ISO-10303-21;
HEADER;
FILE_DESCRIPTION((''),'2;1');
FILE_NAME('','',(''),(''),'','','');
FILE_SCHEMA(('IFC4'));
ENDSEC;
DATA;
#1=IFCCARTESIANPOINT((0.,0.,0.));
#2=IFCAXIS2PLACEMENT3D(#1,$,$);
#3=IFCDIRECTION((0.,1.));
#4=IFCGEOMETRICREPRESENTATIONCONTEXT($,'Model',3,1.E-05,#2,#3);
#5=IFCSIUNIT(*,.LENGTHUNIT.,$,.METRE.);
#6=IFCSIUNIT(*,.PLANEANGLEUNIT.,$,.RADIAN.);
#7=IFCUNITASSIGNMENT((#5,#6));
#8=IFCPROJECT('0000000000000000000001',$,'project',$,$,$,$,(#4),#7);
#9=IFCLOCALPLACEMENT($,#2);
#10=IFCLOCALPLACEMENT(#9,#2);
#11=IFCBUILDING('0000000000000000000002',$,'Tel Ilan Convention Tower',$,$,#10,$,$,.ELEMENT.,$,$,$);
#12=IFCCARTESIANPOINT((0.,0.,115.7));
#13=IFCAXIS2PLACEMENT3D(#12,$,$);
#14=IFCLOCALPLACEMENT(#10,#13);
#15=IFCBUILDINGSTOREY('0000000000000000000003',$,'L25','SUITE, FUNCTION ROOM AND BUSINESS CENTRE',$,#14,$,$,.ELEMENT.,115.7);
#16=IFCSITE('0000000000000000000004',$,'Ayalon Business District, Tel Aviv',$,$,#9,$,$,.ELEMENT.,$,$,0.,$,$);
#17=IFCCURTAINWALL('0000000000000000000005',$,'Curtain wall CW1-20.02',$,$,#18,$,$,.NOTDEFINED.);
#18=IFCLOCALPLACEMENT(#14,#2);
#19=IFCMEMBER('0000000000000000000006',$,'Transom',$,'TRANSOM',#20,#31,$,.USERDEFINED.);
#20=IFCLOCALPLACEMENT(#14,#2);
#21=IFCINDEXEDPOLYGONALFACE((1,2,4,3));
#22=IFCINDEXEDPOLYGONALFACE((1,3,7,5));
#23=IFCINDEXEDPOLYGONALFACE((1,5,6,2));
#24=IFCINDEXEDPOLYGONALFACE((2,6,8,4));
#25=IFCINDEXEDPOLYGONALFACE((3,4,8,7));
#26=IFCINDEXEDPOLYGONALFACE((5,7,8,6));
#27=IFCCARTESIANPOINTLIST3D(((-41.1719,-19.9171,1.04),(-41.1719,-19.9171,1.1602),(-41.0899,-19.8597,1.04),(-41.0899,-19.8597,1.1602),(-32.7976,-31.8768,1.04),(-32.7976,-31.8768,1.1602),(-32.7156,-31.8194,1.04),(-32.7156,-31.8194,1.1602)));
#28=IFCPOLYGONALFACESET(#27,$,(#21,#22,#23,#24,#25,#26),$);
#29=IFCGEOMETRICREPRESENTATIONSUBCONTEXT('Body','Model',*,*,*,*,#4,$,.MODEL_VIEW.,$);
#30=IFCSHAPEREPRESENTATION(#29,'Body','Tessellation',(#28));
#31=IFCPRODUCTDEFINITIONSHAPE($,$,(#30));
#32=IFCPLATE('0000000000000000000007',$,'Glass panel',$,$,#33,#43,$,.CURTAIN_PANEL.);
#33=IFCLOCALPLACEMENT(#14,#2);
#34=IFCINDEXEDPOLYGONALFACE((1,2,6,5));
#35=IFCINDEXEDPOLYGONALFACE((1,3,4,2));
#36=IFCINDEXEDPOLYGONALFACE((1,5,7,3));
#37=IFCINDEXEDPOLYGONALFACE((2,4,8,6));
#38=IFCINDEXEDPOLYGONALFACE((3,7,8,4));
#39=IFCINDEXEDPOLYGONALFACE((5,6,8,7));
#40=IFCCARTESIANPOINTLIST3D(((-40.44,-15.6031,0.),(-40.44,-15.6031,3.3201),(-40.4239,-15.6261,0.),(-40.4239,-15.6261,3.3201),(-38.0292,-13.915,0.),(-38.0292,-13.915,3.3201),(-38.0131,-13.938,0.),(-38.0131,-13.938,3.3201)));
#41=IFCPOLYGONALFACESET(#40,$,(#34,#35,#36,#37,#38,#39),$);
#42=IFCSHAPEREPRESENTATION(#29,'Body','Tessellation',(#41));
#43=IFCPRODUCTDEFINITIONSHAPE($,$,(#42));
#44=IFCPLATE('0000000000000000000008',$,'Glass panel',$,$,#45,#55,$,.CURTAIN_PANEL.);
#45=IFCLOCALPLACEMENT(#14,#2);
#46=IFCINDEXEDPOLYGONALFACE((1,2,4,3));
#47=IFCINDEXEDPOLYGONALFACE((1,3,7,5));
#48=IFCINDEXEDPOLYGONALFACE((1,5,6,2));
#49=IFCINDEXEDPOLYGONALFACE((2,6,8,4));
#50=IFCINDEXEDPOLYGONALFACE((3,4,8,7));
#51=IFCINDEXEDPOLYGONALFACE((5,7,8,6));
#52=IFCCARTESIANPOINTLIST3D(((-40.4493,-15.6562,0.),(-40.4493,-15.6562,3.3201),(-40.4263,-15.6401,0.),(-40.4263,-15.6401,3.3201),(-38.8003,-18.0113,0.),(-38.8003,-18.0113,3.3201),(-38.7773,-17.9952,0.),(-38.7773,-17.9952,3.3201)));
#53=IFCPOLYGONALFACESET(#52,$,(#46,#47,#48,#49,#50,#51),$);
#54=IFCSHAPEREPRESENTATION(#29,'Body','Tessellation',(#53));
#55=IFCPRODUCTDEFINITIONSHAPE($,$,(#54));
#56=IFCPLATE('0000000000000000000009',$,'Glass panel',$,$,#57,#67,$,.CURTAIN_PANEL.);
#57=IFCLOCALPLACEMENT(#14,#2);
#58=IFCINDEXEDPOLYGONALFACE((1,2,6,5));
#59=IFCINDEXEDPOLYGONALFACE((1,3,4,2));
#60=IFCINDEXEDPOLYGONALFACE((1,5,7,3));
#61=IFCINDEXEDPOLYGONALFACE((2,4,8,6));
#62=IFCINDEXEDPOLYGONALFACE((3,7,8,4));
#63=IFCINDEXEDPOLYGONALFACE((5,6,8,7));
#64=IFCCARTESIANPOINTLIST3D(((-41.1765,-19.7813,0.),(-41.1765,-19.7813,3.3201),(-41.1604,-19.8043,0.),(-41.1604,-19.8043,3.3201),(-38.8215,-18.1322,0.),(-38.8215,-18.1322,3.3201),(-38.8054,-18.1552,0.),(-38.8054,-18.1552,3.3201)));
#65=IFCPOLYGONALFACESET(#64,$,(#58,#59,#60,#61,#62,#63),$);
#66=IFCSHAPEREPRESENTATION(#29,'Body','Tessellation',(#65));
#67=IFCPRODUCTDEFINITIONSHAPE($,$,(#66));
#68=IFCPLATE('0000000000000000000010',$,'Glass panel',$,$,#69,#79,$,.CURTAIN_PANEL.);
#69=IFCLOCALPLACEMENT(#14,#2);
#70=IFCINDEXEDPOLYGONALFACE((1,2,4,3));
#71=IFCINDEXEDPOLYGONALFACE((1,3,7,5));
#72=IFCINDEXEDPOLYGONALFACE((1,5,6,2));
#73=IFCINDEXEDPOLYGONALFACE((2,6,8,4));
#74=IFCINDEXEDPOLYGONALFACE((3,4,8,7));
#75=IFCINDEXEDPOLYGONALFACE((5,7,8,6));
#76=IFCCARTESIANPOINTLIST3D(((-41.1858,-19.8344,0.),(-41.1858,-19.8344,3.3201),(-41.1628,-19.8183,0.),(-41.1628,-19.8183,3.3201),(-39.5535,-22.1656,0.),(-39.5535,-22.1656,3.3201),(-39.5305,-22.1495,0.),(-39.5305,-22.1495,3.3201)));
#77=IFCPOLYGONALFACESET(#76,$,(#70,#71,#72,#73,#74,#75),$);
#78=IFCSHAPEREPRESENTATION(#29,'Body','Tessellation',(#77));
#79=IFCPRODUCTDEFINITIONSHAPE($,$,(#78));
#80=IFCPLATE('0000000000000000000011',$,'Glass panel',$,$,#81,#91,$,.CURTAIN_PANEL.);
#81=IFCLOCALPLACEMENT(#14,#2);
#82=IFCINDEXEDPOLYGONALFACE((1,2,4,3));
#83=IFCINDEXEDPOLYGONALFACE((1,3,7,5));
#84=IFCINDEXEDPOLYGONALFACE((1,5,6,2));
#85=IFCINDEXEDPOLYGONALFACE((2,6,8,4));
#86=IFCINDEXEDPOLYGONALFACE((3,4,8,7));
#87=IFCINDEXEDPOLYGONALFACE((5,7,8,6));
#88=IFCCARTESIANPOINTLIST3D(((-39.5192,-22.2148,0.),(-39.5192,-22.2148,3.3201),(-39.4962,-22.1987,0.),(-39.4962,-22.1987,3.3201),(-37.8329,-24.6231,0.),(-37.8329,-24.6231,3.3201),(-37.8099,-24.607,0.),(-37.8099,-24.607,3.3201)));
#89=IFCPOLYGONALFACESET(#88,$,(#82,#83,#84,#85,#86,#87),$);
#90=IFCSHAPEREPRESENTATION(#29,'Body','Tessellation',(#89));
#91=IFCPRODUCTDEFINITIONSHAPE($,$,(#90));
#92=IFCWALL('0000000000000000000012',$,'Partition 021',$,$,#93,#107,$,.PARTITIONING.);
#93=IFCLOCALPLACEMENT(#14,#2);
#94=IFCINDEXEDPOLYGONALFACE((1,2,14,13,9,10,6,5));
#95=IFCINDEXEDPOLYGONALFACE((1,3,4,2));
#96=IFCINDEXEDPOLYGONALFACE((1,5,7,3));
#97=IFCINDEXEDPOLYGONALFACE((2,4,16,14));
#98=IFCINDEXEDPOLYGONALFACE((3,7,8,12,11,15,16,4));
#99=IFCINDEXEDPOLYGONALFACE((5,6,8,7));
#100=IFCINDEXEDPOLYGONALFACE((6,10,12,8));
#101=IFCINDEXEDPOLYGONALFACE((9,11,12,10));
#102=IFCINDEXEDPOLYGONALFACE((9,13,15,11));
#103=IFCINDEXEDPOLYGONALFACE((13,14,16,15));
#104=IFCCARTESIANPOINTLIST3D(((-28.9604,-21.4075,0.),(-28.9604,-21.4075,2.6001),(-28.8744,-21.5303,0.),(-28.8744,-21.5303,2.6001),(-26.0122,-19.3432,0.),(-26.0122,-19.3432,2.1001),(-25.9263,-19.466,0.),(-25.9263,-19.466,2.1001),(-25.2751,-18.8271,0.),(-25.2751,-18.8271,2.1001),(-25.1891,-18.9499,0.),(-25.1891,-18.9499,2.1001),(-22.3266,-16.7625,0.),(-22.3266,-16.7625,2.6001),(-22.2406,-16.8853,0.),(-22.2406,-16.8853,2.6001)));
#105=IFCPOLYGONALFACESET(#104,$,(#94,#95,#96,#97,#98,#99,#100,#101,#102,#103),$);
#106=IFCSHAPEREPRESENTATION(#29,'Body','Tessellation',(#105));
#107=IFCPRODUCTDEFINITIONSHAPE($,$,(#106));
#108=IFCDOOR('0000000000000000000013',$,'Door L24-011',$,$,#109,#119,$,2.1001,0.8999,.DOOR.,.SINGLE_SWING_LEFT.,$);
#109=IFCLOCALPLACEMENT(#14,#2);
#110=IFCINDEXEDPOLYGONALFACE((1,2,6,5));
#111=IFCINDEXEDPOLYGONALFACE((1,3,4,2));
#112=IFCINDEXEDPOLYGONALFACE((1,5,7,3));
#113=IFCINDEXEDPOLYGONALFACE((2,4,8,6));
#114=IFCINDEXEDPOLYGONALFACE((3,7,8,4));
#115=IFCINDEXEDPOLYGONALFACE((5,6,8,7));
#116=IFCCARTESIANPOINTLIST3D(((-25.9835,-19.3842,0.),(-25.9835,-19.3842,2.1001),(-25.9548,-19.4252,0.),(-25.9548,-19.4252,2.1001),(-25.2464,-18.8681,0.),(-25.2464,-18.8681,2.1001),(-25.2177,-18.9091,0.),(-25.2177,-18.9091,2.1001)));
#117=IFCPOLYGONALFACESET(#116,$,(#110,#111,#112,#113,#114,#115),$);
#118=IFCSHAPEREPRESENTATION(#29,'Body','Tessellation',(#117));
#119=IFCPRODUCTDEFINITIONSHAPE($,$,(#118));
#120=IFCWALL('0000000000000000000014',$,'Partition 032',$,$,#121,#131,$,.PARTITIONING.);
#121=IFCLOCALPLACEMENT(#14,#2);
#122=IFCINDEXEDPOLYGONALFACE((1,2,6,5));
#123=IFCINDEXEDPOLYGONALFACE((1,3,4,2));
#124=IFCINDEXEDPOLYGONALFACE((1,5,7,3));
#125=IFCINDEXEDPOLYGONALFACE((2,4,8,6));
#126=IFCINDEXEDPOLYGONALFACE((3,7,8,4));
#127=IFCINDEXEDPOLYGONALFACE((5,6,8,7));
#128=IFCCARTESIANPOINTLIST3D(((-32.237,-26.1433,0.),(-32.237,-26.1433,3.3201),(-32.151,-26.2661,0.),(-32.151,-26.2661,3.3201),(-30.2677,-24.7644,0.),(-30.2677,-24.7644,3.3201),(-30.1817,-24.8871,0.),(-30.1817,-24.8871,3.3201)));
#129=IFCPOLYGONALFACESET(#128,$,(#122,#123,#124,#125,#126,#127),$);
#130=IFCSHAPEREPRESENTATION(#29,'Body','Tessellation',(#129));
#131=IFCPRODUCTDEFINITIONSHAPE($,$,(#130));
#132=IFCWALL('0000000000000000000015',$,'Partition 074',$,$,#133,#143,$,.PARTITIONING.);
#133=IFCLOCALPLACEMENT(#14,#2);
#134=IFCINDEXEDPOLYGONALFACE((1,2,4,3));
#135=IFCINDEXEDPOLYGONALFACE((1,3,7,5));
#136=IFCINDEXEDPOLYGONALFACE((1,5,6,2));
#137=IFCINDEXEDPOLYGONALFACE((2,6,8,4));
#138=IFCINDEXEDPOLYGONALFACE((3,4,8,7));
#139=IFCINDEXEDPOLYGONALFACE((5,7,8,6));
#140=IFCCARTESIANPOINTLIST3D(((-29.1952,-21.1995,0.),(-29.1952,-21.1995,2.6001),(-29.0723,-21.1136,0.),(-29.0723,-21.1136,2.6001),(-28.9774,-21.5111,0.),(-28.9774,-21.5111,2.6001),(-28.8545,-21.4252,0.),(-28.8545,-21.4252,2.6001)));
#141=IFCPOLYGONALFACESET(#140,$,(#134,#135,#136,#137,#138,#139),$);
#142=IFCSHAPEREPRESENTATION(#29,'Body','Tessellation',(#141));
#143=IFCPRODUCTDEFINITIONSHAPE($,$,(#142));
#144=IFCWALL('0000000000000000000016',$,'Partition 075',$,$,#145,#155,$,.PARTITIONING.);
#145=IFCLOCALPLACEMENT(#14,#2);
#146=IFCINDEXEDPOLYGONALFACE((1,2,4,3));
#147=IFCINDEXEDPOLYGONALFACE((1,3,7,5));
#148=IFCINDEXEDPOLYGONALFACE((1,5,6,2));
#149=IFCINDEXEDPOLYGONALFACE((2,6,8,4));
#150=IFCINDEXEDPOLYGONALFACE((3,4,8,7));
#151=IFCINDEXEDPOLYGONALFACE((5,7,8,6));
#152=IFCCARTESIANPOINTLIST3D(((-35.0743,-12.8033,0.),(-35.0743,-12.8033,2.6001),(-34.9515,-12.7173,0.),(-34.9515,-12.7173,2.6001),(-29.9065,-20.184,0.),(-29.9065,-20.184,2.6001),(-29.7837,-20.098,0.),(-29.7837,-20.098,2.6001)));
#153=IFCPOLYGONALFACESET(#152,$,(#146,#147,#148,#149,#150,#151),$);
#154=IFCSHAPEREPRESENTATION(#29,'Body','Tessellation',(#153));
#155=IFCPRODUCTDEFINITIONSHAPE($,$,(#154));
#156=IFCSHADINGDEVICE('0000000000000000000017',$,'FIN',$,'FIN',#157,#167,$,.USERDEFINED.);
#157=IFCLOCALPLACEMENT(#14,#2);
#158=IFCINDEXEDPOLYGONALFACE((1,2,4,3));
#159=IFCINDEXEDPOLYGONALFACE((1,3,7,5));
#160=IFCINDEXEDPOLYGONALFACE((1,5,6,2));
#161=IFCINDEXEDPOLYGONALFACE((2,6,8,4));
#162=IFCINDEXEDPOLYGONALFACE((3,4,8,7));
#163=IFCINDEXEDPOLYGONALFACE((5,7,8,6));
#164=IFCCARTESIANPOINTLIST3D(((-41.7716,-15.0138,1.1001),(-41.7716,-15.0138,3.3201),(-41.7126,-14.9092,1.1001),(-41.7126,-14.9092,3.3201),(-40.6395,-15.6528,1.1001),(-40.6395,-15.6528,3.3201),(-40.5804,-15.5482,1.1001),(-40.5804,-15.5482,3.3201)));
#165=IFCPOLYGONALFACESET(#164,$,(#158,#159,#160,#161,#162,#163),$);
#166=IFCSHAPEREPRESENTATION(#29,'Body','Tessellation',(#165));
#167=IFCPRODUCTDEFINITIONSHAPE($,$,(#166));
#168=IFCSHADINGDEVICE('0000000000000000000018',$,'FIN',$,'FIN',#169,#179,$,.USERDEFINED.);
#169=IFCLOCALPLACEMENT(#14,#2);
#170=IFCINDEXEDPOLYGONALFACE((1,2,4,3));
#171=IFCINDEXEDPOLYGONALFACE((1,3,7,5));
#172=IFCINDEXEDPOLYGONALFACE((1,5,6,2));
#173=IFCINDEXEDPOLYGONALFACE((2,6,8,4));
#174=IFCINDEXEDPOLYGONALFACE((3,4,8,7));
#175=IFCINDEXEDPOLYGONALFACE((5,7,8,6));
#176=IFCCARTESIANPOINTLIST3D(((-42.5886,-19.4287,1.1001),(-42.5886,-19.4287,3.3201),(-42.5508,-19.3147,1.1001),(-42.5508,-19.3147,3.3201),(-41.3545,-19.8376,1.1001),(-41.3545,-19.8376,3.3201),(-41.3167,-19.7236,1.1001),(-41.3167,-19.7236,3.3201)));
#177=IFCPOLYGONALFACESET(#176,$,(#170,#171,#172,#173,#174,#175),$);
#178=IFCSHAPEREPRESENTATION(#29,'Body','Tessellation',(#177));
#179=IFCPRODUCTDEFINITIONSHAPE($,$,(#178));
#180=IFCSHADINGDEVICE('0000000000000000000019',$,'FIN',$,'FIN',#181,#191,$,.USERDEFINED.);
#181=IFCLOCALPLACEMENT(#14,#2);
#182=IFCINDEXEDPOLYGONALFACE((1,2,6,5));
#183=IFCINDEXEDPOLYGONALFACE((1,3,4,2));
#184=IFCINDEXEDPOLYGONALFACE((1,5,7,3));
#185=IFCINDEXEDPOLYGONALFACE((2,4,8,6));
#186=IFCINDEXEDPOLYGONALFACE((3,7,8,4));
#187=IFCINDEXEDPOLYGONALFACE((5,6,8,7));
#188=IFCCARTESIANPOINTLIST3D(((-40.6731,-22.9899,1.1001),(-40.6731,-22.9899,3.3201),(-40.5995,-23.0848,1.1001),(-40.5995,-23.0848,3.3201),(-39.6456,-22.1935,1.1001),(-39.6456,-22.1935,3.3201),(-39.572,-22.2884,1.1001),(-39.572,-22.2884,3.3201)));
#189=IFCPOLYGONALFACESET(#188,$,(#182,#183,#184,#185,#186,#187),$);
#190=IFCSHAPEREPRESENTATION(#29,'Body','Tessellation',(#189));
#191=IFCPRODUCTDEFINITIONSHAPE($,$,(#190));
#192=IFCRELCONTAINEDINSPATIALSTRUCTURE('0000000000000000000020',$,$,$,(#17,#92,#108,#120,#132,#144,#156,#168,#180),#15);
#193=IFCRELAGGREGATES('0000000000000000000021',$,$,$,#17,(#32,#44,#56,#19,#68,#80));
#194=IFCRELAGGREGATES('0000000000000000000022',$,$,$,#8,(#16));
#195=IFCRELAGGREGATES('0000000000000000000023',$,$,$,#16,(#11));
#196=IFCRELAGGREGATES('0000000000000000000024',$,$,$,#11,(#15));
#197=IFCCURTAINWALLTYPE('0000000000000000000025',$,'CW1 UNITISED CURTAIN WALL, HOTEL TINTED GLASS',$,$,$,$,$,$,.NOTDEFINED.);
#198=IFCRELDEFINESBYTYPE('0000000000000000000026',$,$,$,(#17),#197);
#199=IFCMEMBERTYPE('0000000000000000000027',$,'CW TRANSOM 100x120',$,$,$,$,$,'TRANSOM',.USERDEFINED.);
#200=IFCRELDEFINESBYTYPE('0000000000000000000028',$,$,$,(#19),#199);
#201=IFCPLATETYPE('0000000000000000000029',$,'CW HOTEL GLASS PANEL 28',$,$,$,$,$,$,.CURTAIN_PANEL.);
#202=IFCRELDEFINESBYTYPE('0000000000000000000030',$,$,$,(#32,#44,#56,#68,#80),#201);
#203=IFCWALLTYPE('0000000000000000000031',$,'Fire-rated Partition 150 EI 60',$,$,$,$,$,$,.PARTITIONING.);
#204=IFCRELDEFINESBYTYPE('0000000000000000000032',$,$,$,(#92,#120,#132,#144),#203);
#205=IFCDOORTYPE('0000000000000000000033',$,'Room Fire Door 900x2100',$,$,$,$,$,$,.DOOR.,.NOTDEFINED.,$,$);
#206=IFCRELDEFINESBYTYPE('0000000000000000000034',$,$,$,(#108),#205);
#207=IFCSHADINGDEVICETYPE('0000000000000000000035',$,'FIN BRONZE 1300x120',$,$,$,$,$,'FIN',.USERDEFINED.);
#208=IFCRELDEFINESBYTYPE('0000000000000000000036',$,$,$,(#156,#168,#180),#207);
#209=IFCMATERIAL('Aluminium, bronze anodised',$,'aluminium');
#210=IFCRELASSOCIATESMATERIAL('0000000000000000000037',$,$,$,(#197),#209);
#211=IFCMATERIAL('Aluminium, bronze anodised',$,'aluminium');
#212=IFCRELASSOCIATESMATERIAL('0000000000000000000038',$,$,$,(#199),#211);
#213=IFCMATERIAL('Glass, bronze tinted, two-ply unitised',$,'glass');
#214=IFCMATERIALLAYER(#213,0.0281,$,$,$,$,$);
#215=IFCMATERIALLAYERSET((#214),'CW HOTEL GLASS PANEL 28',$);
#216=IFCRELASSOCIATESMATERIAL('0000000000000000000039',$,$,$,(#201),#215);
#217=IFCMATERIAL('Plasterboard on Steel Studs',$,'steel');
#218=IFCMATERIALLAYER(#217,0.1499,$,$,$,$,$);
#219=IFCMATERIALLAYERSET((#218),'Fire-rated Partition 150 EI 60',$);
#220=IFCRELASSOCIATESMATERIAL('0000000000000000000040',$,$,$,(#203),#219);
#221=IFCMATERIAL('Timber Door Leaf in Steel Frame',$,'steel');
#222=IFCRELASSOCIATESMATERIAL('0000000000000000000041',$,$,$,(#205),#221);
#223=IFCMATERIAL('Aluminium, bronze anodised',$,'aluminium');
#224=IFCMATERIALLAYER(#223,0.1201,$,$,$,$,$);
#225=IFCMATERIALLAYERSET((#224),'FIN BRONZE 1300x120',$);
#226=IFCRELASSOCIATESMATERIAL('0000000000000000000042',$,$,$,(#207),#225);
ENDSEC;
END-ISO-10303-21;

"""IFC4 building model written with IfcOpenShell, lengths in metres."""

from ifc_helpers import new_model, si_unit, direction, frame, frame_2d, origin, origin_2d, place, context, subcontext, project, spatial, rectangle, extrude, material, layer, layer_set, material_profile, profile_set, type_object, element, fill, aggregate, save


model = new_model("IFC4")

# Units and contexts
model_context = context("Model", 3, precision=1e-05, world=origin(), true_north=direction((0.0, 1.0)))
body_context = subcontext(model_context, "Body", "Model", "MODEL_VIEW")
ifc_project = project(units=[si_unit("LENGTHUNIT", "METRE"), si_unit("PLANEANGLEUNIT", "RADIAN")], contexts=[model_context])

# Site, building, storey
site_placement = place(None, origin())
site = spatial("IfcSite", under=ifc_project, at=site_placement, Name="Ayalon Business District, Tel Aviv", CompositionType="ELEMENT", RefElevation=0.0)
building_placement = place(site_placement, origin())
building = spatial("IfcBuilding", under=site, at=building_placement, Name="Tel Ilan Convention Tower", CompositionType="ELEMENT")
storey_placement = place(building_placement, frame((0.0, 0.0, 115.7)))
storey = spatial("IfcBuildingStorey", under=building, at=storey_placement, Name="L25", Description="SUITE, FUNCTION ROOM AND BUSINESS CENTRE", CompositionType="ELEMENT", Elevation=115.7)

# Curtain wall, member, plates
ifc_material_1 = material(Name="Aluminium, bronze anodised", Category="aluminium")
curtain_wall_type = type_object("IfcCurtainWallType", Name="CW1 UNITISED CURTAIN WALL, HOTEL TINTED GLASS", PredefinedType="NOTDEFINED", material=ifc_material_1)
curtain_wall_placement = place(storey_placement, origin())
curtain_wall = element("IfcCurtainWall", 1, at=curtain_wall_placement, inside=storey, type_object=curtain_wall_type, Name="Curtain wall CW1-20.02", PredefinedType="NOTDEFINED")
ifc_material_2 = material(Name="Aluminium, bronze anodised", Category="aluminium")
ifc_material_profile_1 = material_profile(ifc_material_2, rectangle(XDim=0.1001, YDim=0.1201, at=origin_2d()), Name="CW TRANSOM 100x120")
ifc_profile_set_1 = profile_set([ifc_material_profile_1], Name="Aluminium, bronze anodised")
member_type_1 = type_object("IfcMemberType", Name="CW TRANSOM 100x120", ElementType="TRANSOM", PredefinedType="USERDEFINED", material=ifc_profile_set_1)
member_1_placement = place(storey_placement, frame((-41.1309, -19.8884, 1.1001), z_axis=(0.573576, -0.819153, 0.0), x_axis=(0.819153, 0.573576, 0.0)))
member_1 = element("IfcMember", 2, at=member_1_placement, type_object=member_type_1, Name="Transom", ObjectType="TRANSOM", PredefinedType="USERDEFINED", context=body_context, shape_type="SweptSolid", body=[
    extrude(rectangle(XDim=0.1001, YDim=0.1201, at=origin_2d()), origin(), (0.0, 0.0, 1.0), 14.6001),
])
ifc_material_3 = material(Name="Glass, bronze tinted, two-ply unitised", Category="glass")
ifc_layer_1 = layer(ifc_material_3, 0.0281)
ifc_layer_set_1 = layer_set([ifc_layer_1], Name="CW HOTEL GLASS PANEL 28")
plate_type = type_object("IfcPlateType", Name="CW HOTEL GLASS PANEL 28", PredefinedType="CURTAIN_PANEL", material=ifc_layer_set_1)
plate_1_placement = place(storey_placement, frame((-39.2266, -14.7705, 0.0), z_axis=(0.0, 0.0, 1.0), x_axis=(-0.819152, -0.573576, 0.0)))
plate_1 = element("IfcPlate", 3, at=plate_1_placement, type_object=plate_type, Name="Glass panel", PredefinedType="CURTAIN_PANEL", context=body_context, shape_type="SweptSolid", body=[
    extrude(rectangle(XDim=2.9431, YDim=0.0281, at=origin_2d()), origin(), (0.0, 0.0, 1.0), 3.3201),
])
plate_2_placement = place(storey_placement, frame((-39.6133, -16.8257, 0.0), z_axis=(0.0, 0.0, 1.0), x_axis=(0.573576, -0.819152, 0.0)))
plate_2 = element("IfcPlate", 4, at=plate_2_placement, type_object=plate_type, Name="Glass panel", PredefinedType="CURTAIN_PANEL", context=body_context, shape_type="SweptSolid", body=[
    extrude(rectangle(XDim=2.875, YDim=0.0281, at=origin_2d()), origin(), (0.0, 0.0, 1.0), 3.3201),
])
plate_3_placement = place(storey_placement, frame((-39.991, -18.9683, 0.0), z_axis=(0.0, 0.0, 1.0), x_axis=(-0.819152, -0.573576, 0.0)))
plate_3 = element("IfcPlate", 5, at=plate_3_placement, type_object=plate_type, Name="Glass panel", PredefinedType="CURTAIN_PANEL", context=body_context, shape_type="SweptSolid", body=[
    extrude(rectangle(XDim=2.875, YDim=0.0281, at=origin_2d()), origin(), (0.0, 0.0, 1.0), 3.3201),
])
plate_4_placement = place(storey_placement, frame((-40.3582, -20.9919, 0.0), z_axis=(0.0, 0.0, 1.0), x_axis=(0.573576, -0.819152, 0.0)))
plate_4 = element("IfcPlate", 6, at=plate_4_placement, type_object=plate_type, Name="Glass panel", PredefinedType="CURTAIN_PANEL", context=body_context, shape_type="SweptSolid", body=[
    extrude(rectangle(XDim=2.8459, YDim=0.0281, at=origin_2d()), origin(), (0.0, 0.0, 1.0), 3.3201),
])
plate_5_placement = place(storey_placement, frame((-38.6646, -23.4109, 0.0), z_axis=(0.0, 0.0, 1.0), x_axis=(0.573576, -0.819152, 0.0)))
plate_5 = element("IfcPlate", 7, at=plate_5_placement, type_object=plate_type, Name="Glass panel", PredefinedType="CURTAIN_PANEL", context=body_context, shape_type="SweptSolid", body=[
    extrude(rectangle(XDim=2.9399, YDim=0.0281, at=origin_2d()), origin(), (0.0, 0.0, 1.0), 3.3201),
])
aggregate(curtain_wall, [plate_1, plate_2, plate_3, member_1, plate_4, plate_5])

# Wall, opening, door
ifc_material_4 = material(Name="Plasterboard on Steel Studs", Category="steel")
ifc_layer_2 = layer(ifc_material_4, 0.1499)
ifc_layer_set_2 = layer_set([ifc_layer_2], Name="Fire-rated Partition 150 EI 60")
wall_type = type_object("IfcWallType", Name="Fire-rated Partition 150 EI 60", PredefinedType="PARTITIONING", material=ifc_layer_set_2)
wall_1_placement = place(storey_placement, frame((-28.9175, -21.469, 0.0), z_axis=(0.0, 0.0, 1.0), x_axis=(0.819153, 0.573576, 0.0)))
wall_1 = element("IfcWall", 8, at=wall_1_placement, inside=storey, type_object=wall_type, Name="Partition 021", PredefinedType="PARTITIONING", context=body_context, shape_type="SweptSolid", body=[
    extrude(rectangle(XDim=8.0984, YDim=0.1499, at=frame_2d((4.0493, 0.0))), origin(), (0.0, 0.0, 1.0), 2.6001),
])
opening_placement = place(wall_1_placement, frame((3.5991, 0.0, 0.0)))
opening = element("IfcOpeningElement", 9, at=opening_placement, cuts=wall_1, PredefinedType="OPENING", context=body_context, shape_type="SweptSolid", body=[
    extrude(rectangle(XDim=0.8999, YDim=2.1001, at=frame_2d((0.45, 1.05))), frame((0.0, 0.085, 0.0), z_axis=(0.0, -1.0, 0.0), x_axis=(1.0, 0.0, 0.0)), (0.0, 0.0, 1.0), 0.1699),
])
ifc_material_5 = material(Name="Timber Door Leaf in Steel Frame", Category="steel")
door_type = type_object("IfcDoorType", Name="Room Fire Door 900x2100", OperationType="NOTDEFINED", PredefinedType="DOOR", material=ifc_material_5)
door_placement = place(opening_placement, origin())
door = element("IfcDoor", 10, at=door_placement, inside=storey, type_object=door_type, Name="Door L24-011", OperationType="SINGLE_SWING_LEFT", OverallHeight=2.1001, OverallWidth=0.8999, PredefinedType="DOOR", context=body_context, shape_type="SweptSolid", body=[
    extrude(rectangle(XDim=0.8999, YDim=2.1001, at=frame_2d((0.45, 1.05))), frame((0.0, 0.0249, 0.0), z_axis=(0.0, -1.0, 0.0), x_axis=(1.0, 0.0, 0.0)), (0.0, 0.0, 1.0), 0.05),
])
fill(opening, door)

# Walls
wall_2_placement = place(storey_placement, frame((-30.2246, -24.8257, 0.0), z_axis=(0.0, 0.0, 1.0), x_axis=(-0.819146, -0.573585, 0.0)))
element("IfcWall", 11, at=wall_2_placement, inside=storey, type_object=wall_type, Name="Partition 032", PredefinedType="PARTITIONING", context=body_context, shape_type="SweptSolid", body=[
    extrude(rectangle(XDim=2.4041, YDim=0.1499, at=frame_2d((1.2021, 0.0))), origin(), (0.0, 0.0, 1.0), 3.3201),
])
wall_3_placement = place(storey_placement, frame((-28.916, -21.468, 0.0), z_axis=(0.0, 0.0, 1.0), x_axis=(-0.572945, 0.819594, 0.0)))
element("IfcWall", 12, at=wall_3_placement, inside=storey, type_object=wall_type, Name="Partition 074", PredefinedType="PARTITIONING", context=body_context, shape_type="SweptSolid", body=[
    extrude(rectangle(XDim=0.3801, YDim=0.1499, at=frame_2d((0.1899, 0.0))), origin(), (0.0, 0.0, 1.0), 2.6001),
])
wall_4_placement = place(storey_placement, frame((-29.8452, -20.1409, 0.0), z_axis=(0.0, 0.0, 1.0), x_axis=(-0.573559, 0.819164, 0.0)))
element("IfcWall", 13, at=wall_4_placement, inside=storey, type_object=wall_type, Name="Partition 075", PredefinedType="PARTITIONING", context=body_context, shape_type="SweptSolid", body=[
    extrude(rectangle(XDim=9.01, YDim=0.1499, at=frame_2d((4.5049, 0.0))), origin(), (0.0, 0.0, 1.0), 2.6001),
])

# Shading devices
ifc_material_6 = material(Name="Aluminium, bronze anodised", Category="aluminium")
ifc_layer_3 = layer(ifc_material_6, 0.1201)
ifc_layer_set_3 = layer_set([ifc_layer_3], Name="FIN BRONZE 1300x120")
shading_device_type = type_object("IfcShadingDeviceType", Name="FIN BRONZE 1300x120", ElementType="FIN", PredefinedType="USERDEFINED", material=ifc_layer_set_3)
for number, where, z_axis, x_axis, name in (
    (14, (-41.176, -15.281, 1.1001), (0.0, 0.0, 1.0), (-0.870833, 0.491579, 0.0), "FIN"),
    (15, (-41.9526, -19.5762, 1.1001), (0.0, 0.0, 1.0), (-0.949243, 0.314545, 0.0), "FIN"),
    (16, (-40.1226, -22.6392, 1.1001), (0.0, 0.0, 1.0), (-0.790393, -0.612601, 0.0), "FIN"),
):
    element("IfcShadingDevice", number, at=place(storey_placement, frame(where, z_axis=z_axis, x_axis=x_axis)), inside=storey, type_object=shading_device_type, Name=name, ObjectType="FIN", PredefinedType="USERDEFINED", context=body_context, shape_type="SweptSolid", body=[
        extrude(rectangle(XDim=1.3, YDim=0.1201, at=origin_2d()), origin(), (0.0, 0.0, 1.0), 2.22),
    ])

save(model, "model.ifc")
